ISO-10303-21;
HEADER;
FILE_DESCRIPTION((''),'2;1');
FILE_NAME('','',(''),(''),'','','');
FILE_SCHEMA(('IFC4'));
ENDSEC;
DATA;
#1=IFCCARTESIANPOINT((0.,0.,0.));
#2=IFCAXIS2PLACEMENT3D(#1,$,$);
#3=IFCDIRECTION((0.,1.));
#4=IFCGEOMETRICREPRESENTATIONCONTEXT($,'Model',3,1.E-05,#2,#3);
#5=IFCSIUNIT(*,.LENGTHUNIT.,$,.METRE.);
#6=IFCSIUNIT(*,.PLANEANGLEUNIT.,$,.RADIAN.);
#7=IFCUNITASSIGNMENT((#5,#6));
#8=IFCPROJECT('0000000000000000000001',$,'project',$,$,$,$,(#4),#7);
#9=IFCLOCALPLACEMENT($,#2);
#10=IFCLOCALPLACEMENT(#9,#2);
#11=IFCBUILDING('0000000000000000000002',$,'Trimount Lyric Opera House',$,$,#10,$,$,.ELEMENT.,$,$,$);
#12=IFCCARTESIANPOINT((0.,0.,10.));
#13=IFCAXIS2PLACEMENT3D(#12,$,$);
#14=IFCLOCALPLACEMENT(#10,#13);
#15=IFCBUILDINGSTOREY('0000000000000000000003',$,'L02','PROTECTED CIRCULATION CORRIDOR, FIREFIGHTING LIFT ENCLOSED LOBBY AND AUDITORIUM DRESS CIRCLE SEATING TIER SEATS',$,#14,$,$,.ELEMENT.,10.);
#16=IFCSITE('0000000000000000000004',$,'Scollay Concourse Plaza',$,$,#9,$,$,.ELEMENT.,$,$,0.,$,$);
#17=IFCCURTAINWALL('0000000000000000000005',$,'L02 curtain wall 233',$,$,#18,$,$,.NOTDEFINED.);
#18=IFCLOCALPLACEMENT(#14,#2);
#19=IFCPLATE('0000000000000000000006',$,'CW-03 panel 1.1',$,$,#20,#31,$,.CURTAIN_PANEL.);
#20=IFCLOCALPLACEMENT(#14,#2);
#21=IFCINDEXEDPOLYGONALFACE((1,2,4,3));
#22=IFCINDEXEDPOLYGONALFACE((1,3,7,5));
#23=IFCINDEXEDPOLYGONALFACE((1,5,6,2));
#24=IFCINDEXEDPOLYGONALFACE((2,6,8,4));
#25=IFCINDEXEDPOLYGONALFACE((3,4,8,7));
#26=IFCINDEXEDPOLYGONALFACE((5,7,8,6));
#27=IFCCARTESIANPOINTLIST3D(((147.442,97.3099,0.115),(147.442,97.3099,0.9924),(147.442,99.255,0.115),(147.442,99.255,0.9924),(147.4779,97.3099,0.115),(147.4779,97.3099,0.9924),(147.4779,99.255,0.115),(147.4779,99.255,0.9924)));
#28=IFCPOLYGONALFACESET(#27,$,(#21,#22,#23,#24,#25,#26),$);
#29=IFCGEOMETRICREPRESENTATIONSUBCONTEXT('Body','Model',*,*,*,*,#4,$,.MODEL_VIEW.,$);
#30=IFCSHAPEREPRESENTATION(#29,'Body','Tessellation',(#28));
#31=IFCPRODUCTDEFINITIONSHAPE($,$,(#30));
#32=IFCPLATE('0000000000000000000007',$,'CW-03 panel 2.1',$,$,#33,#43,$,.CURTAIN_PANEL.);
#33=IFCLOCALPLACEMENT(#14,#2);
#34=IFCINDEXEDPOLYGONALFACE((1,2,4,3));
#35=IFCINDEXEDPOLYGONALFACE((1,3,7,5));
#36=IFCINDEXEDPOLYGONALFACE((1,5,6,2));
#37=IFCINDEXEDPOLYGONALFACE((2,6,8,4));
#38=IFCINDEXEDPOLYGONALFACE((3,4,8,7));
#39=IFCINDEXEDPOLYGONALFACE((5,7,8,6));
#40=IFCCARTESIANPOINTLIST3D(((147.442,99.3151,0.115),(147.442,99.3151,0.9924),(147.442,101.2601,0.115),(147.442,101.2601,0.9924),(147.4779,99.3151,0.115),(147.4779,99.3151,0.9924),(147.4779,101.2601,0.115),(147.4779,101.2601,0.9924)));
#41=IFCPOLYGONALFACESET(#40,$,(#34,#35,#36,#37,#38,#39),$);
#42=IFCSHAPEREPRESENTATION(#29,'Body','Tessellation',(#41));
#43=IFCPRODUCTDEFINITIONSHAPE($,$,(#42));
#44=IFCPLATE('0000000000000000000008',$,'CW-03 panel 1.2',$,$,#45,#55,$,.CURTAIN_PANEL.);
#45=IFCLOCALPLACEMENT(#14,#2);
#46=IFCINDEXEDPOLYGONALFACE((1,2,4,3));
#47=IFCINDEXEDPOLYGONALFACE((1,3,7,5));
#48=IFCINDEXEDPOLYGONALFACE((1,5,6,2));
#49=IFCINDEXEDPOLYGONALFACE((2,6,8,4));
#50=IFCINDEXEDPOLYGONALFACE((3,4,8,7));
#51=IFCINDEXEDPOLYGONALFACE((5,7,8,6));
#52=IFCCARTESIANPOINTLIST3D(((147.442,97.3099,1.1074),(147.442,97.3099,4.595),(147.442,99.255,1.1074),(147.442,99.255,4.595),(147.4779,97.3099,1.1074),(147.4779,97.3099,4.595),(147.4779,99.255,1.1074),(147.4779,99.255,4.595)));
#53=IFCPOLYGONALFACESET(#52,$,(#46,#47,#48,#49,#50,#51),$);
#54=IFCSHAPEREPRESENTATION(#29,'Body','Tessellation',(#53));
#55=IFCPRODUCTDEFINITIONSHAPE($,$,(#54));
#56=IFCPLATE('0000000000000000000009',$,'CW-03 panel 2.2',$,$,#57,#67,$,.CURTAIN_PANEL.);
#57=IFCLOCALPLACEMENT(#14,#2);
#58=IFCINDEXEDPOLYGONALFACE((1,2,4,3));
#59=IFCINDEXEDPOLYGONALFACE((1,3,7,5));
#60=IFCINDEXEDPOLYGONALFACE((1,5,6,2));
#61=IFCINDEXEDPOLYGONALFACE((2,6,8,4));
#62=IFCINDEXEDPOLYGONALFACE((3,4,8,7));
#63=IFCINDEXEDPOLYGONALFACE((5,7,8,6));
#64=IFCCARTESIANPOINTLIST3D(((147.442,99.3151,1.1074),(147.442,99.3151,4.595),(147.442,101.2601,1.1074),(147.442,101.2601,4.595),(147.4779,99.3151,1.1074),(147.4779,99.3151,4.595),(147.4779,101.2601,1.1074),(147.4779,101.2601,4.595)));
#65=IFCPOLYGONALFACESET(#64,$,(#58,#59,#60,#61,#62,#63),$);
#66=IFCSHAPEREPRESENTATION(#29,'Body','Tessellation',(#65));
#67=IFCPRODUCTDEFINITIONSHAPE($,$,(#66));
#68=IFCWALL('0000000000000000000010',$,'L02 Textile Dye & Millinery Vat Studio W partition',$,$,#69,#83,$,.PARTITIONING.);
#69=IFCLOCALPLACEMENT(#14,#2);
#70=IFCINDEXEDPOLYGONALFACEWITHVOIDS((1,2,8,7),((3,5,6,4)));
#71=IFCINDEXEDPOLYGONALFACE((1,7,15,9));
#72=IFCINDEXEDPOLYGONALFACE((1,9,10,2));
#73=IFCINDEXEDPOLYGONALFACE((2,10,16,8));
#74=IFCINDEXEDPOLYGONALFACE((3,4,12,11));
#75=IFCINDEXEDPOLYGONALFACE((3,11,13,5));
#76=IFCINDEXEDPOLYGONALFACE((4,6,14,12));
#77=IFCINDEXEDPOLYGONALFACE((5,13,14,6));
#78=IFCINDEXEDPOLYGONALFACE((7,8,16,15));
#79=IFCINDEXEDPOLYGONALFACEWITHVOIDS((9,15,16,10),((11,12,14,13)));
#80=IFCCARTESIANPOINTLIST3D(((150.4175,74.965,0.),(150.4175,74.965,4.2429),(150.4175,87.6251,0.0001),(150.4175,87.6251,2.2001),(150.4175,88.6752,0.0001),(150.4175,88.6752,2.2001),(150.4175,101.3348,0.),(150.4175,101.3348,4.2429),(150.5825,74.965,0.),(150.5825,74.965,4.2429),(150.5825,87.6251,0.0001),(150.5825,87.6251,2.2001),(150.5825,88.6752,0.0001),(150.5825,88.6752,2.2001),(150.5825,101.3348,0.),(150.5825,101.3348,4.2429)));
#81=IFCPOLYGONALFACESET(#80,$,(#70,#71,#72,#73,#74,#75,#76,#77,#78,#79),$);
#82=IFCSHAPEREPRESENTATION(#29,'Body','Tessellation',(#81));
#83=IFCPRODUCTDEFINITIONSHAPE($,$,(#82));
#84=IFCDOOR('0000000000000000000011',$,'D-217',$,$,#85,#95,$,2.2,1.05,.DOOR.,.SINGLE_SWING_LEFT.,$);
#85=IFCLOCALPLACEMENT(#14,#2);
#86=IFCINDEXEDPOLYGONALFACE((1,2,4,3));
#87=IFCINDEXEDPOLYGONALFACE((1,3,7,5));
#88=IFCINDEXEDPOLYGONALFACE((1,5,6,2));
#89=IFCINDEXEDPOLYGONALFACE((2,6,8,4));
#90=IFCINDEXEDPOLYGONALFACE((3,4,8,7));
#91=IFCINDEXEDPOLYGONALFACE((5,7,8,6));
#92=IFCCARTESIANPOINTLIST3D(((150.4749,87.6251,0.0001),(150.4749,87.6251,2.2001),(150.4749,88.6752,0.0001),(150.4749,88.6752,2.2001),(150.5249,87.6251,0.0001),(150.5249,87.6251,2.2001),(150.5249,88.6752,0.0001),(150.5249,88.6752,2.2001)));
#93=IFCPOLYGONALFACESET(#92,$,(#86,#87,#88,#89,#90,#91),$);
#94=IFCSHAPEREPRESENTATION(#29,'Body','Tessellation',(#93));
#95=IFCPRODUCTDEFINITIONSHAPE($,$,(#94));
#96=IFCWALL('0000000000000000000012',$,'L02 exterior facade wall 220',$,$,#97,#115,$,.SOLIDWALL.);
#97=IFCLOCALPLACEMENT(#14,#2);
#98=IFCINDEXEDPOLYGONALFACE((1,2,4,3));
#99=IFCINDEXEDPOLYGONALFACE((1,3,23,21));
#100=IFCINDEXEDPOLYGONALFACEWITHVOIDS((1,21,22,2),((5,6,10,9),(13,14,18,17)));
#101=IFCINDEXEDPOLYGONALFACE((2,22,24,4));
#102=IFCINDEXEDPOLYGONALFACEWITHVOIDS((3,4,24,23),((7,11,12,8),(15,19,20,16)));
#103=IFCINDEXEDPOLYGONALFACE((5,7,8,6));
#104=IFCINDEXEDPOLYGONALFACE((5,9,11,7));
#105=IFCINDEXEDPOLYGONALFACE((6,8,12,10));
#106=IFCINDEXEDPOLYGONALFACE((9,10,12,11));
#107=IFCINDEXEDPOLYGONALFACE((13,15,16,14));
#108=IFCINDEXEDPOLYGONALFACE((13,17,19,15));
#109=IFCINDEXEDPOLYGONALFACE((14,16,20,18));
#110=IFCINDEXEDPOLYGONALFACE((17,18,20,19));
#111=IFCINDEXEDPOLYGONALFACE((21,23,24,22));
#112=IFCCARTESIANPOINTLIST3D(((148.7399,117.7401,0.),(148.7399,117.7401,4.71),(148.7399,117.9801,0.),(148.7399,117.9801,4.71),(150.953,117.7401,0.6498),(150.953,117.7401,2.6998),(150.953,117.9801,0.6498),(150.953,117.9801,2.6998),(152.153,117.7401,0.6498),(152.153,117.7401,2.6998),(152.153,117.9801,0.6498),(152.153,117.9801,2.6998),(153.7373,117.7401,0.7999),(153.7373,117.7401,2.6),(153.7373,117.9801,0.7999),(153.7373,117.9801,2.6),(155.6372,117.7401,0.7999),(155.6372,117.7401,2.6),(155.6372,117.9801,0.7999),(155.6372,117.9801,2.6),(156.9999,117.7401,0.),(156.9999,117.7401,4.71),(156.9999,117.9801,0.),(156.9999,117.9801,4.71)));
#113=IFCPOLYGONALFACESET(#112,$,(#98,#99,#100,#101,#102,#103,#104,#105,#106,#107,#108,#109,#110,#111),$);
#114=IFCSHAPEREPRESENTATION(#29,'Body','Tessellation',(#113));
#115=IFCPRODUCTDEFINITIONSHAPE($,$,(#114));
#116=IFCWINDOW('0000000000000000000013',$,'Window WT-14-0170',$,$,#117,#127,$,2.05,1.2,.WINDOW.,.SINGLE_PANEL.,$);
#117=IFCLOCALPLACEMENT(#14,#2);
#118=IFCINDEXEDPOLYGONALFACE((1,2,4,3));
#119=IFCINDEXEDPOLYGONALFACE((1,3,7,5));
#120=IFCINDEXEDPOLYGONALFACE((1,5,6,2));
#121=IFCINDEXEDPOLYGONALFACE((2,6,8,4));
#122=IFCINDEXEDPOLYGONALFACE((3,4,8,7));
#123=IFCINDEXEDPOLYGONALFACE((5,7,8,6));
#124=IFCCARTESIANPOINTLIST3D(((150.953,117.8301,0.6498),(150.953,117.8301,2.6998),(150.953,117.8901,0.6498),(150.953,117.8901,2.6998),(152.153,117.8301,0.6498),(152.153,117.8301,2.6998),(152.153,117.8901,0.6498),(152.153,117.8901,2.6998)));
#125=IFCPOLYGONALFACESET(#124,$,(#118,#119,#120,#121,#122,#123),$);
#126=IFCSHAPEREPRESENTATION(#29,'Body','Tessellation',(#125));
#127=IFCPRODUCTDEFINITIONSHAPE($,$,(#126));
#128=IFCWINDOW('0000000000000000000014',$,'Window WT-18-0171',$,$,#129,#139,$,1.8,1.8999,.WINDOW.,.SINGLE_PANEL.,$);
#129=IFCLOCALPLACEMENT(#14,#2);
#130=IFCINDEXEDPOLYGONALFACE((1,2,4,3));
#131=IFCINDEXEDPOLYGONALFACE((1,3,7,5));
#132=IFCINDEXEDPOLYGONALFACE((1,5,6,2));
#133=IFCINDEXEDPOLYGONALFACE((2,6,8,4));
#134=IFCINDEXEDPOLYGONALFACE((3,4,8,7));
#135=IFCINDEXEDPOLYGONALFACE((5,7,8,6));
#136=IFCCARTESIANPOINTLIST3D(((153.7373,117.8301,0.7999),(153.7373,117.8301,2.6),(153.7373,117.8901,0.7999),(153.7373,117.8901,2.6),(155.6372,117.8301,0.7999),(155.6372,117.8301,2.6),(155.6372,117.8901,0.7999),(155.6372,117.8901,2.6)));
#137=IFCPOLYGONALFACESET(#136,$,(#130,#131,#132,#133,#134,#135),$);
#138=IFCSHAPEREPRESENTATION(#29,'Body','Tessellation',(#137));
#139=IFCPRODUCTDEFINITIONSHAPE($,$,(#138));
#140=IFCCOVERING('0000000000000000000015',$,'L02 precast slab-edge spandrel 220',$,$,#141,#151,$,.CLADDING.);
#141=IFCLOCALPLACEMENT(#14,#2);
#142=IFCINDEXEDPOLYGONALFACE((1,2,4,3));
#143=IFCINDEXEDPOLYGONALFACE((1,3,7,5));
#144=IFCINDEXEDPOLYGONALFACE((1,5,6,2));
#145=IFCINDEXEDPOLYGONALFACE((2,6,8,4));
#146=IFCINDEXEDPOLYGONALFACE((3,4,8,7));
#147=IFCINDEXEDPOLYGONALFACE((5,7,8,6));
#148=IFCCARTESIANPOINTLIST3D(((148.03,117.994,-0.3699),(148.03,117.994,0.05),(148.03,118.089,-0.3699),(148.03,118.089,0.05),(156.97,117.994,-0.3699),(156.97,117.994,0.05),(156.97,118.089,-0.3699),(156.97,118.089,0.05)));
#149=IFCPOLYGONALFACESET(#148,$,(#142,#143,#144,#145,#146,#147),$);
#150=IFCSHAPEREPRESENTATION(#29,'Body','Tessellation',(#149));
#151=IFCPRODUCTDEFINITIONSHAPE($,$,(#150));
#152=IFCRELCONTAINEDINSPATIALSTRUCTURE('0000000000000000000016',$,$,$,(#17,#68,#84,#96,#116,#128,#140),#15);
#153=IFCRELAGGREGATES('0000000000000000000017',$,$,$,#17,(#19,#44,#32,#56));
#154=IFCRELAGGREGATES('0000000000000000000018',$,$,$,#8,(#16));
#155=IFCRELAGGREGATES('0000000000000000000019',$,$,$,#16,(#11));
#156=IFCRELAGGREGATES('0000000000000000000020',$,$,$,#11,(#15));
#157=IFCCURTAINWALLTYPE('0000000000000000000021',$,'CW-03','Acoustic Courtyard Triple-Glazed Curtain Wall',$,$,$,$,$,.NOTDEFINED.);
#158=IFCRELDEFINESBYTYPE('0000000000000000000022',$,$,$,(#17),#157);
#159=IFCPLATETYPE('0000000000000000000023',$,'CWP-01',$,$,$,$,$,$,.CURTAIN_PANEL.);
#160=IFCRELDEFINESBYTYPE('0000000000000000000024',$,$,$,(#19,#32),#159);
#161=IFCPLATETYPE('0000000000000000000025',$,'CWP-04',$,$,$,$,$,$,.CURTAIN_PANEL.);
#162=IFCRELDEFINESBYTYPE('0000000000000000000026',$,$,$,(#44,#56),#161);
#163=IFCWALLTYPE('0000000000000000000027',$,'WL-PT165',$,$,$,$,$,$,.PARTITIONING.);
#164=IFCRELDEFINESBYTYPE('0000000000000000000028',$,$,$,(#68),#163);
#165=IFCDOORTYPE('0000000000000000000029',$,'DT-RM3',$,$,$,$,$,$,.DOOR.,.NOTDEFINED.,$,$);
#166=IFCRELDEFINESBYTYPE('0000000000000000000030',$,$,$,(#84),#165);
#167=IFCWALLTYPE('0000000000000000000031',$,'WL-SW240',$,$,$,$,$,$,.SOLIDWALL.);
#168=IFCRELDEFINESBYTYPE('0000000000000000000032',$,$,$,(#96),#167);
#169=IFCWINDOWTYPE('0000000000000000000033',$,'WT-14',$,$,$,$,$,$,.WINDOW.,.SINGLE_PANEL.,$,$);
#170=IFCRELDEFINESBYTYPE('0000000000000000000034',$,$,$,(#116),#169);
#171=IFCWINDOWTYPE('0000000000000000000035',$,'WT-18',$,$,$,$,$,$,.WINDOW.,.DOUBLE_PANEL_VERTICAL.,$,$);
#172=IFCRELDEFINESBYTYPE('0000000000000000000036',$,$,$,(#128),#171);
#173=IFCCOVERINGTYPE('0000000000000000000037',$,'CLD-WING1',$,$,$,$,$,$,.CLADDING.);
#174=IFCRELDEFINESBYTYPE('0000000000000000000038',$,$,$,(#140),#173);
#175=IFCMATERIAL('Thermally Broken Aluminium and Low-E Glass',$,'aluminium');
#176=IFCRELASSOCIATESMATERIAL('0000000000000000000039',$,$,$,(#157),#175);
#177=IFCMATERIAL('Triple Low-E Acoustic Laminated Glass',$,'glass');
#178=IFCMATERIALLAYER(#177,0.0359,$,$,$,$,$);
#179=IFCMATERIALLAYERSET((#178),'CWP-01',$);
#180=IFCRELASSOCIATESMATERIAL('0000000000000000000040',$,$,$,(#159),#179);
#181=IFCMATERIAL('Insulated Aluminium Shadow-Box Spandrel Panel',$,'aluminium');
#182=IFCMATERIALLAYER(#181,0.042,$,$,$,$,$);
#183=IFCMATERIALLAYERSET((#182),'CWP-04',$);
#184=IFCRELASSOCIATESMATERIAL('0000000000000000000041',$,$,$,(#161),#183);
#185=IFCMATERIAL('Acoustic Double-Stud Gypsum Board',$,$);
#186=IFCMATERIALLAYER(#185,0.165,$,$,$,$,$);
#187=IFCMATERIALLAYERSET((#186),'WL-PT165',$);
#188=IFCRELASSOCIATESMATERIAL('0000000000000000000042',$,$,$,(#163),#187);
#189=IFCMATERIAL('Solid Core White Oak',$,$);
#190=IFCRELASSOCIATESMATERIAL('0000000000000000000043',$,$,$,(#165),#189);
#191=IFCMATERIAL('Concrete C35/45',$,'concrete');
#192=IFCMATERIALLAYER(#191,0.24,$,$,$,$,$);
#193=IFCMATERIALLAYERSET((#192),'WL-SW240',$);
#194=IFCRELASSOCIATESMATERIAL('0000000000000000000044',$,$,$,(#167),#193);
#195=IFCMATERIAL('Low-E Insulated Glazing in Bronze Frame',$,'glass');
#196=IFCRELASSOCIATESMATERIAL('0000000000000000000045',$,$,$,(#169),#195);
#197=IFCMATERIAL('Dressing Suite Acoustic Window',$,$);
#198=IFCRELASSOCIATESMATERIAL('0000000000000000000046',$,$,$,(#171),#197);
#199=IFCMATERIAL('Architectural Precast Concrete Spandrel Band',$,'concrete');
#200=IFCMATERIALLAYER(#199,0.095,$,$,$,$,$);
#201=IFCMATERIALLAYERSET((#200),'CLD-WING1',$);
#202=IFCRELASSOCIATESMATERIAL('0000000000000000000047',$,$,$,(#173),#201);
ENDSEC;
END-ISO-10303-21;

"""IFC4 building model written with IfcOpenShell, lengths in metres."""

from ifc_helpers import new_model, si_unit, direction, frame, frame_2d, origin, origin_2d, place, context, subcontext, project, spatial, rectangle, extrude, material, layer, layer_set, type_object, element, fill, aggregate, save


model = new_model("IFC4")

# Units and contexts
model_context = context("Model", 3, precision=1e-05, world=origin(), true_north=direction((0.0, 1.0)))
body_context = subcontext(model_context, "Body", "Model", "MODEL_VIEW")
ifc_project = project(units=[si_unit("LENGTHUNIT", "METRE"), si_unit("PLANEANGLEUNIT", "RADIAN")], contexts=[model_context])

# Site, building, storey
site_placement = place(None, origin())
site = spatial("IfcSite", under=ifc_project, at=site_placement, Name="Scollay Concourse Plaza", CompositionType="ELEMENT", RefElevation=0.0)
building_placement = place(site_placement, origin())
building = spatial("IfcBuilding", under=site, at=building_placement, Name="Trimount Lyric Opera House", CompositionType="ELEMENT")
storey_placement = place(building_placement, frame((0.0, 0.0, 10.0)))
storey = spatial("IfcBuildingStorey", under=building, at=storey_placement, Name="L02", Description="PROTECTED CIRCULATION CORRIDOR, FIREFIGHTING LIFT ENCLOSED LOBBY AND AUDITORIUM DRESS CIRCLE SEATING TIER SEATS", CompositionType="ELEMENT", Elevation=10.0)

# Curtain wall
ifc_material_1 = material(Name="Thermally Broken Aluminium and Low-E Glass", Category="aluminium")
curtain_wall_type = type_object("IfcCurtainWallType", Name="CW-03", Description="Acoustic Courtyard Triple-Glazed Curtain Wall", PredefinedType="NOTDEFINED", material=ifc_material_1)
curtain_wall_placement = place(storey_placement, origin())
curtain_wall = element("IfcCurtainWall", 1, at=curtain_wall_placement, inside=storey, type_object=curtain_wall_type, Name="L02 curtain wall 233", PredefinedType="NOTDEFINED")

# Plates
ifc_material_2 = material(Name="Triple Low-E Acoustic Laminated Glass", Category="glass")
ifc_layer_1 = layer(ifc_material_2, 0.0359)
ifc_layer_set_1 = layer_set([ifc_layer_1], Name="CWP-01")
plate_type_1 = type_object("IfcPlateType", Name="CWP-01", PredefinedType="CURTAIN_PANEL", material=ifc_layer_set_1)
plate_1_placement = place(storey_placement, frame((147.46, 98.2825, 0.115), z_axis=(0.0, 0.0, 1.0), x_axis=(0.0, 1.0, 0.0)))
plate_1 = element("IfcPlate", 2, at=plate_1_placement, type_object=plate_type_1, Name="CW-03 panel 1.1", PredefinedType="CURTAIN_PANEL", context=body_context, shape_type="SweptSolid", body=[
    extrude(rectangle(XDim=1.9451, YDim=0.0359, at=origin_2d()), origin(), (0.0, 0.0, 1.0), 0.8774),
])
plate_2_placement = place(storey_placement, frame((147.46, 100.2876, 0.115), z_axis=(0.0, 0.0, 1.0), x_axis=(0.0, 1.0, 0.0)))
plate_2 = element("IfcPlate", 3, at=plate_2_placement, type_object=plate_type_1, Name="CW-03 panel 2.1", PredefinedType="CURTAIN_PANEL", context=body_context, shape_type="SweptSolid", body=[
    extrude(rectangle(XDim=1.9451, YDim=0.0359, at=origin_2d()), origin(), (0.0, 0.0, 1.0), 0.8774),
])
ifc_material_3 = material(Name="Insulated Aluminium Shadow-Box Spandrel Panel", Category="aluminium")
ifc_layer_2 = layer(ifc_material_3, 0.042)
ifc_layer_set_2 = layer_set([ifc_layer_2], Name="CWP-04")
plate_type_2 = type_object("IfcPlateType", Name="CWP-04", PredefinedType="CURTAIN_PANEL", material=ifc_layer_set_2)
plate_3_placement = place(storey_placement, frame((147.46, 98.2825, 1.1074), z_axis=(0.0, 0.0, 1.0), x_axis=(0.0, 1.0, 0.0)))
plate_3 = element("IfcPlate", 4, at=plate_3_placement, type_object=plate_type_2, Name="CW-03 panel 1.2", PredefinedType="CURTAIN_PANEL", context=body_context, shape_type="SweptSolid", body=[
    extrude(rectangle(XDim=1.9451, YDim=0.0359, at=origin_2d()), origin(), (0.0, 0.0, 1.0), 3.4875),
])
plate_4_placement = place(storey_placement, frame((147.46, 100.2876, 1.1074), z_axis=(0.0, 0.0, 1.0), x_axis=(0.0, 1.0, 0.0)))
plate_4 = element("IfcPlate", 5, at=plate_4_placement, type_object=plate_type_2, Name="CW-03 panel 2.2", PredefinedType="CURTAIN_PANEL", context=body_context, shape_type="SweptSolid", body=[
    extrude(rectangle(XDim=1.9451, YDim=0.0359, at=origin_2d()), origin(), (0.0, 0.0, 1.0), 3.4875),
])
aggregate(curtain_wall, [plate_1, plate_3, plate_2, plate_4])

# Wall, opening, door
ifc_material_4 = material(Name="Acoustic Double-Stud Gypsum Board")
ifc_layer_3 = layer(ifc_material_4, 0.165)
ifc_layer_set_3 = layer_set([ifc_layer_3], Name="WL-PT165")
wall_type_1 = type_object("IfcWallType", Name="WL-PT165", PredefinedType="PARTITIONING", material=ifc_layer_set_3)
wall_1_placement = place(storey_placement, frame((150.5, 101.335, 0.0), z_axis=(0.0, 0.0, 1.0), x_axis=(0.0, -1.0, 0.0)))
wall_1 = element("IfcWall", 6, at=wall_1_placement, inside=storey, type_object=wall_type_1, Name="L02 Textile Dye & Millinery Vat Studio W partition", PredefinedType="PARTITIONING", context=body_context, shape_type="SweptSolid", body=[
    extrude(rectangle(XDim=26.3699, YDim=0.165, at=frame_2d((13.1851, 0.0))), origin(), (0.0, 0.0, 1.0), 4.2429),
])
opening_1_placement = place(wall_1_placement, frame((12.6599, 0.0, 0.0)))
opening_1 = element("IfcOpeningElement", 7, at=opening_1_placement, cuts=wall_1, PredefinedType="OPENING", context=body_context, shape_type="SweptSolid", body=[
    extrude(rectangle(XDim=1.05, YDim=2.2, at=frame_2d((0.5249, 1.1001))), frame((0.0, 0.0925, 0.0), z_axis=(0.0, -1.0, 0.0), x_axis=(1.0, 0.0, 0.0)), (0.0, 0.0, 1.0), 0.1851),
])
ifc_material_5 = material(Name="Solid Core White Oak")
door_type = type_object("IfcDoorType", Name="DT-RM3", OperationType="NOTDEFINED", PredefinedType="DOOR", material=ifc_material_5)
door_placement = place(opening_1_placement, origin())
door = element("IfcDoor", 8, at=door_placement, inside=storey, type_object=door_type, Name="D-217", OperationType="SINGLE_SWING_LEFT", OverallHeight=2.2, OverallWidth=1.05, PredefinedType="DOOR", context=body_context, shape_type="SweptSolid", body=[
    extrude(rectangle(XDim=1.05, YDim=2.2, at=frame_2d((0.5249, 1.1001))), frame((0.0, 0.0249, 0.0), z_axis=(0.0, -1.0, 0.0), x_axis=(1.0, 0.0, 0.0)), (0.0, 0.0, 1.0), 0.05),
])
fill(opening_1, door)

# Wall, openings, windows
ifc_material_6 = material(Name="Concrete C35/45", Category="concrete")
ifc_layer_4 = layer(ifc_material_6, 0.24)
ifc_layer_set_4 = layer_set([ifc_layer_4], Name="WL-SW240")
wall_type_2 = type_object("IfcWallType", Name="WL-SW240", PredefinedType="SOLIDWALL", material=ifc_layer_set_4)
wall_2_placement = place(storey_placement, frame((148.74, 117.8601, 0.0), z_axis=(0.0, 0.0, 1.0), x_axis=(1.0, 0.0, 0.0)))
wall_2 = element("IfcWall", 9, at=wall_2_placement, inside=storey, type_object=wall_type_2, Name="L02 exterior facade wall 220", PredefinedType="SOLIDWALL", context=body_context, shape_type="SweptSolid", body=[
    extrude(rectangle(XDim=8.26, YDim=0.24, at=frame_2d((4.1299, 0.0))), origin(), (0.0, 0.0, 1.0), 4.71),
])
opening_2_placement = place(wall_2_placement, frame((2.2129, 0.0, 0.6499)))
opening_2 = element("IfcOpeningElement", 10, at=opening_2_placement, cuts=wall_2, PredefinedType="OPENING", context=body_context, shape_type="SweptSolid", body=[
    extrude(rectangle(XDim=1.2, YDim=2.05, at=frame_2d((0.6001, 1.0249))), frame((0.0, 0.1299, 0.0), z_axis=(0.0, -1.0, 0.0), x_axis=(1.0, 0.0, 0.0)), (0.0, 0.0, 1.0), 0.26),
])
opening_3_placement = place(wall_2_placement, frame((4.9973, 0.0, 0.8)))
opening_3 = element("IfcOpeningElement", 11, at=opening_3_placement, cuts=wall_2, PredefinedType="OPENING", context=body_context, shape_type="SweptSolid", body=[
    extrude(rectangle(XDim=1.8999, YDim=1.8, at=frame_2d((0.95, 0.8999))), frame((0.0, 0.1299, 0.0), z_axis=(0.0, -1.0, 0.0), x_axis=(1.0, 0.0, 0.0)), (0.0, 0.0, 1.0), 0.26),
])
ifc_material_7 = material(Name="Low-E Insulated Glazing in Bronze Frame", Category="glass")
window_type_1 = type_object("IfcWindowType", Name="WT-14", PartitioningType="SINGLE_PANEL", PredefinedType="WINDOW", material=ifc_material_7)
window_1_placement = place(opening_2_placement, origin())
window_1 = element("IfcWindow", 12, at=window_1_placement, inside=storey, type_object=window_type_1, Name="Window WT-14-0170", OverallHeight=2.05, OverallWidth=1.2, PartitioningType="SINGLE_PANEL", PredefinedType="WINDOW", context=body_context, shape_type="SweptSolid", body=[
    extrude(rectangle(XDim=1.2, YDim=2.05, at=frame_2d((0.6001, 1.0249))), frame((0.0, 0.03, 0.0), z_axis=(0.0, -1.0, 0.0), x_axis=(1.0, 0.0, 0.0)), (0.0, 0.0, 1.0), 0.0601),
])
fill(opening_2, window_1)
ifc_material_8 = material(Name="Dressing Suite Acoustic Window")
window_type_2 = type_object("IfcWindowType", Name="WT-18", PartitioningType="DOUBLE_PANEL_VERTICAL", PredefinedType="WINDOW", material=ifc_material_8)
window_2_placement = place(opening_3_placement, origin())
window_2 = element("IfcWindow", 13, at=window_2_placement, inside=storey, type_object=window_type_2, Name="Window WT-18-0171", OverallHeight=1.8, OverallWidth=1.8999, PartitioningType="SINGLE_PANEL", PredefinedType="WINDOW", context=body_context, shape_type="SweptSolid", body=[
    extrude(rectangle(XDim=1.8999, YDim=1.8, at=frame_2d((0.95, 0.8999))), frame((0.0, 0.03, 0.0), z_axis=(0.0, -1.0, 0.0), x_axis=(1.0, 0.0, 0.0)), (0.0, 0.0, 1.0), 0.0601),
])
fill(opening_3, window_2)

# Covering
ifc_material_9 = material(Name="Architectural Precast Concrete Spandrel Band", Category="concrete")
ifc_layer_5 = layer(ifc_material_9, 0.095)
ifc_layer_set_5 = layer_set([ifc_layer_5], Name="CLD-WING1")
covering_type = type_object("IfcCoveringType", Name="CLD-WING1", PredefinedType="CLADDING", material=ifc_layer_set_5)
covering_placement = place(storey_placement, frame((152.5, 118.0415, -0.3699), z_axis=(0.0, 0.0, 1.0), x_axis=(1.0, 0.0, 0.0)))
element("IfcCovering", 14, at=covering_placement, inside=storey, type_object=covering_type, Name="L02 precast slab-edge spandrel 220", PredefinedType="CLADDING", context=body_context, shape_type="SweptSolid", body=[
    extrude(rectangle(XDim=8.9399, YDim=0.095, at=origin_2d()), origin(), (0.0, 0.0, 1.0), 0.4199),
])

save(model, "model.ifc")
